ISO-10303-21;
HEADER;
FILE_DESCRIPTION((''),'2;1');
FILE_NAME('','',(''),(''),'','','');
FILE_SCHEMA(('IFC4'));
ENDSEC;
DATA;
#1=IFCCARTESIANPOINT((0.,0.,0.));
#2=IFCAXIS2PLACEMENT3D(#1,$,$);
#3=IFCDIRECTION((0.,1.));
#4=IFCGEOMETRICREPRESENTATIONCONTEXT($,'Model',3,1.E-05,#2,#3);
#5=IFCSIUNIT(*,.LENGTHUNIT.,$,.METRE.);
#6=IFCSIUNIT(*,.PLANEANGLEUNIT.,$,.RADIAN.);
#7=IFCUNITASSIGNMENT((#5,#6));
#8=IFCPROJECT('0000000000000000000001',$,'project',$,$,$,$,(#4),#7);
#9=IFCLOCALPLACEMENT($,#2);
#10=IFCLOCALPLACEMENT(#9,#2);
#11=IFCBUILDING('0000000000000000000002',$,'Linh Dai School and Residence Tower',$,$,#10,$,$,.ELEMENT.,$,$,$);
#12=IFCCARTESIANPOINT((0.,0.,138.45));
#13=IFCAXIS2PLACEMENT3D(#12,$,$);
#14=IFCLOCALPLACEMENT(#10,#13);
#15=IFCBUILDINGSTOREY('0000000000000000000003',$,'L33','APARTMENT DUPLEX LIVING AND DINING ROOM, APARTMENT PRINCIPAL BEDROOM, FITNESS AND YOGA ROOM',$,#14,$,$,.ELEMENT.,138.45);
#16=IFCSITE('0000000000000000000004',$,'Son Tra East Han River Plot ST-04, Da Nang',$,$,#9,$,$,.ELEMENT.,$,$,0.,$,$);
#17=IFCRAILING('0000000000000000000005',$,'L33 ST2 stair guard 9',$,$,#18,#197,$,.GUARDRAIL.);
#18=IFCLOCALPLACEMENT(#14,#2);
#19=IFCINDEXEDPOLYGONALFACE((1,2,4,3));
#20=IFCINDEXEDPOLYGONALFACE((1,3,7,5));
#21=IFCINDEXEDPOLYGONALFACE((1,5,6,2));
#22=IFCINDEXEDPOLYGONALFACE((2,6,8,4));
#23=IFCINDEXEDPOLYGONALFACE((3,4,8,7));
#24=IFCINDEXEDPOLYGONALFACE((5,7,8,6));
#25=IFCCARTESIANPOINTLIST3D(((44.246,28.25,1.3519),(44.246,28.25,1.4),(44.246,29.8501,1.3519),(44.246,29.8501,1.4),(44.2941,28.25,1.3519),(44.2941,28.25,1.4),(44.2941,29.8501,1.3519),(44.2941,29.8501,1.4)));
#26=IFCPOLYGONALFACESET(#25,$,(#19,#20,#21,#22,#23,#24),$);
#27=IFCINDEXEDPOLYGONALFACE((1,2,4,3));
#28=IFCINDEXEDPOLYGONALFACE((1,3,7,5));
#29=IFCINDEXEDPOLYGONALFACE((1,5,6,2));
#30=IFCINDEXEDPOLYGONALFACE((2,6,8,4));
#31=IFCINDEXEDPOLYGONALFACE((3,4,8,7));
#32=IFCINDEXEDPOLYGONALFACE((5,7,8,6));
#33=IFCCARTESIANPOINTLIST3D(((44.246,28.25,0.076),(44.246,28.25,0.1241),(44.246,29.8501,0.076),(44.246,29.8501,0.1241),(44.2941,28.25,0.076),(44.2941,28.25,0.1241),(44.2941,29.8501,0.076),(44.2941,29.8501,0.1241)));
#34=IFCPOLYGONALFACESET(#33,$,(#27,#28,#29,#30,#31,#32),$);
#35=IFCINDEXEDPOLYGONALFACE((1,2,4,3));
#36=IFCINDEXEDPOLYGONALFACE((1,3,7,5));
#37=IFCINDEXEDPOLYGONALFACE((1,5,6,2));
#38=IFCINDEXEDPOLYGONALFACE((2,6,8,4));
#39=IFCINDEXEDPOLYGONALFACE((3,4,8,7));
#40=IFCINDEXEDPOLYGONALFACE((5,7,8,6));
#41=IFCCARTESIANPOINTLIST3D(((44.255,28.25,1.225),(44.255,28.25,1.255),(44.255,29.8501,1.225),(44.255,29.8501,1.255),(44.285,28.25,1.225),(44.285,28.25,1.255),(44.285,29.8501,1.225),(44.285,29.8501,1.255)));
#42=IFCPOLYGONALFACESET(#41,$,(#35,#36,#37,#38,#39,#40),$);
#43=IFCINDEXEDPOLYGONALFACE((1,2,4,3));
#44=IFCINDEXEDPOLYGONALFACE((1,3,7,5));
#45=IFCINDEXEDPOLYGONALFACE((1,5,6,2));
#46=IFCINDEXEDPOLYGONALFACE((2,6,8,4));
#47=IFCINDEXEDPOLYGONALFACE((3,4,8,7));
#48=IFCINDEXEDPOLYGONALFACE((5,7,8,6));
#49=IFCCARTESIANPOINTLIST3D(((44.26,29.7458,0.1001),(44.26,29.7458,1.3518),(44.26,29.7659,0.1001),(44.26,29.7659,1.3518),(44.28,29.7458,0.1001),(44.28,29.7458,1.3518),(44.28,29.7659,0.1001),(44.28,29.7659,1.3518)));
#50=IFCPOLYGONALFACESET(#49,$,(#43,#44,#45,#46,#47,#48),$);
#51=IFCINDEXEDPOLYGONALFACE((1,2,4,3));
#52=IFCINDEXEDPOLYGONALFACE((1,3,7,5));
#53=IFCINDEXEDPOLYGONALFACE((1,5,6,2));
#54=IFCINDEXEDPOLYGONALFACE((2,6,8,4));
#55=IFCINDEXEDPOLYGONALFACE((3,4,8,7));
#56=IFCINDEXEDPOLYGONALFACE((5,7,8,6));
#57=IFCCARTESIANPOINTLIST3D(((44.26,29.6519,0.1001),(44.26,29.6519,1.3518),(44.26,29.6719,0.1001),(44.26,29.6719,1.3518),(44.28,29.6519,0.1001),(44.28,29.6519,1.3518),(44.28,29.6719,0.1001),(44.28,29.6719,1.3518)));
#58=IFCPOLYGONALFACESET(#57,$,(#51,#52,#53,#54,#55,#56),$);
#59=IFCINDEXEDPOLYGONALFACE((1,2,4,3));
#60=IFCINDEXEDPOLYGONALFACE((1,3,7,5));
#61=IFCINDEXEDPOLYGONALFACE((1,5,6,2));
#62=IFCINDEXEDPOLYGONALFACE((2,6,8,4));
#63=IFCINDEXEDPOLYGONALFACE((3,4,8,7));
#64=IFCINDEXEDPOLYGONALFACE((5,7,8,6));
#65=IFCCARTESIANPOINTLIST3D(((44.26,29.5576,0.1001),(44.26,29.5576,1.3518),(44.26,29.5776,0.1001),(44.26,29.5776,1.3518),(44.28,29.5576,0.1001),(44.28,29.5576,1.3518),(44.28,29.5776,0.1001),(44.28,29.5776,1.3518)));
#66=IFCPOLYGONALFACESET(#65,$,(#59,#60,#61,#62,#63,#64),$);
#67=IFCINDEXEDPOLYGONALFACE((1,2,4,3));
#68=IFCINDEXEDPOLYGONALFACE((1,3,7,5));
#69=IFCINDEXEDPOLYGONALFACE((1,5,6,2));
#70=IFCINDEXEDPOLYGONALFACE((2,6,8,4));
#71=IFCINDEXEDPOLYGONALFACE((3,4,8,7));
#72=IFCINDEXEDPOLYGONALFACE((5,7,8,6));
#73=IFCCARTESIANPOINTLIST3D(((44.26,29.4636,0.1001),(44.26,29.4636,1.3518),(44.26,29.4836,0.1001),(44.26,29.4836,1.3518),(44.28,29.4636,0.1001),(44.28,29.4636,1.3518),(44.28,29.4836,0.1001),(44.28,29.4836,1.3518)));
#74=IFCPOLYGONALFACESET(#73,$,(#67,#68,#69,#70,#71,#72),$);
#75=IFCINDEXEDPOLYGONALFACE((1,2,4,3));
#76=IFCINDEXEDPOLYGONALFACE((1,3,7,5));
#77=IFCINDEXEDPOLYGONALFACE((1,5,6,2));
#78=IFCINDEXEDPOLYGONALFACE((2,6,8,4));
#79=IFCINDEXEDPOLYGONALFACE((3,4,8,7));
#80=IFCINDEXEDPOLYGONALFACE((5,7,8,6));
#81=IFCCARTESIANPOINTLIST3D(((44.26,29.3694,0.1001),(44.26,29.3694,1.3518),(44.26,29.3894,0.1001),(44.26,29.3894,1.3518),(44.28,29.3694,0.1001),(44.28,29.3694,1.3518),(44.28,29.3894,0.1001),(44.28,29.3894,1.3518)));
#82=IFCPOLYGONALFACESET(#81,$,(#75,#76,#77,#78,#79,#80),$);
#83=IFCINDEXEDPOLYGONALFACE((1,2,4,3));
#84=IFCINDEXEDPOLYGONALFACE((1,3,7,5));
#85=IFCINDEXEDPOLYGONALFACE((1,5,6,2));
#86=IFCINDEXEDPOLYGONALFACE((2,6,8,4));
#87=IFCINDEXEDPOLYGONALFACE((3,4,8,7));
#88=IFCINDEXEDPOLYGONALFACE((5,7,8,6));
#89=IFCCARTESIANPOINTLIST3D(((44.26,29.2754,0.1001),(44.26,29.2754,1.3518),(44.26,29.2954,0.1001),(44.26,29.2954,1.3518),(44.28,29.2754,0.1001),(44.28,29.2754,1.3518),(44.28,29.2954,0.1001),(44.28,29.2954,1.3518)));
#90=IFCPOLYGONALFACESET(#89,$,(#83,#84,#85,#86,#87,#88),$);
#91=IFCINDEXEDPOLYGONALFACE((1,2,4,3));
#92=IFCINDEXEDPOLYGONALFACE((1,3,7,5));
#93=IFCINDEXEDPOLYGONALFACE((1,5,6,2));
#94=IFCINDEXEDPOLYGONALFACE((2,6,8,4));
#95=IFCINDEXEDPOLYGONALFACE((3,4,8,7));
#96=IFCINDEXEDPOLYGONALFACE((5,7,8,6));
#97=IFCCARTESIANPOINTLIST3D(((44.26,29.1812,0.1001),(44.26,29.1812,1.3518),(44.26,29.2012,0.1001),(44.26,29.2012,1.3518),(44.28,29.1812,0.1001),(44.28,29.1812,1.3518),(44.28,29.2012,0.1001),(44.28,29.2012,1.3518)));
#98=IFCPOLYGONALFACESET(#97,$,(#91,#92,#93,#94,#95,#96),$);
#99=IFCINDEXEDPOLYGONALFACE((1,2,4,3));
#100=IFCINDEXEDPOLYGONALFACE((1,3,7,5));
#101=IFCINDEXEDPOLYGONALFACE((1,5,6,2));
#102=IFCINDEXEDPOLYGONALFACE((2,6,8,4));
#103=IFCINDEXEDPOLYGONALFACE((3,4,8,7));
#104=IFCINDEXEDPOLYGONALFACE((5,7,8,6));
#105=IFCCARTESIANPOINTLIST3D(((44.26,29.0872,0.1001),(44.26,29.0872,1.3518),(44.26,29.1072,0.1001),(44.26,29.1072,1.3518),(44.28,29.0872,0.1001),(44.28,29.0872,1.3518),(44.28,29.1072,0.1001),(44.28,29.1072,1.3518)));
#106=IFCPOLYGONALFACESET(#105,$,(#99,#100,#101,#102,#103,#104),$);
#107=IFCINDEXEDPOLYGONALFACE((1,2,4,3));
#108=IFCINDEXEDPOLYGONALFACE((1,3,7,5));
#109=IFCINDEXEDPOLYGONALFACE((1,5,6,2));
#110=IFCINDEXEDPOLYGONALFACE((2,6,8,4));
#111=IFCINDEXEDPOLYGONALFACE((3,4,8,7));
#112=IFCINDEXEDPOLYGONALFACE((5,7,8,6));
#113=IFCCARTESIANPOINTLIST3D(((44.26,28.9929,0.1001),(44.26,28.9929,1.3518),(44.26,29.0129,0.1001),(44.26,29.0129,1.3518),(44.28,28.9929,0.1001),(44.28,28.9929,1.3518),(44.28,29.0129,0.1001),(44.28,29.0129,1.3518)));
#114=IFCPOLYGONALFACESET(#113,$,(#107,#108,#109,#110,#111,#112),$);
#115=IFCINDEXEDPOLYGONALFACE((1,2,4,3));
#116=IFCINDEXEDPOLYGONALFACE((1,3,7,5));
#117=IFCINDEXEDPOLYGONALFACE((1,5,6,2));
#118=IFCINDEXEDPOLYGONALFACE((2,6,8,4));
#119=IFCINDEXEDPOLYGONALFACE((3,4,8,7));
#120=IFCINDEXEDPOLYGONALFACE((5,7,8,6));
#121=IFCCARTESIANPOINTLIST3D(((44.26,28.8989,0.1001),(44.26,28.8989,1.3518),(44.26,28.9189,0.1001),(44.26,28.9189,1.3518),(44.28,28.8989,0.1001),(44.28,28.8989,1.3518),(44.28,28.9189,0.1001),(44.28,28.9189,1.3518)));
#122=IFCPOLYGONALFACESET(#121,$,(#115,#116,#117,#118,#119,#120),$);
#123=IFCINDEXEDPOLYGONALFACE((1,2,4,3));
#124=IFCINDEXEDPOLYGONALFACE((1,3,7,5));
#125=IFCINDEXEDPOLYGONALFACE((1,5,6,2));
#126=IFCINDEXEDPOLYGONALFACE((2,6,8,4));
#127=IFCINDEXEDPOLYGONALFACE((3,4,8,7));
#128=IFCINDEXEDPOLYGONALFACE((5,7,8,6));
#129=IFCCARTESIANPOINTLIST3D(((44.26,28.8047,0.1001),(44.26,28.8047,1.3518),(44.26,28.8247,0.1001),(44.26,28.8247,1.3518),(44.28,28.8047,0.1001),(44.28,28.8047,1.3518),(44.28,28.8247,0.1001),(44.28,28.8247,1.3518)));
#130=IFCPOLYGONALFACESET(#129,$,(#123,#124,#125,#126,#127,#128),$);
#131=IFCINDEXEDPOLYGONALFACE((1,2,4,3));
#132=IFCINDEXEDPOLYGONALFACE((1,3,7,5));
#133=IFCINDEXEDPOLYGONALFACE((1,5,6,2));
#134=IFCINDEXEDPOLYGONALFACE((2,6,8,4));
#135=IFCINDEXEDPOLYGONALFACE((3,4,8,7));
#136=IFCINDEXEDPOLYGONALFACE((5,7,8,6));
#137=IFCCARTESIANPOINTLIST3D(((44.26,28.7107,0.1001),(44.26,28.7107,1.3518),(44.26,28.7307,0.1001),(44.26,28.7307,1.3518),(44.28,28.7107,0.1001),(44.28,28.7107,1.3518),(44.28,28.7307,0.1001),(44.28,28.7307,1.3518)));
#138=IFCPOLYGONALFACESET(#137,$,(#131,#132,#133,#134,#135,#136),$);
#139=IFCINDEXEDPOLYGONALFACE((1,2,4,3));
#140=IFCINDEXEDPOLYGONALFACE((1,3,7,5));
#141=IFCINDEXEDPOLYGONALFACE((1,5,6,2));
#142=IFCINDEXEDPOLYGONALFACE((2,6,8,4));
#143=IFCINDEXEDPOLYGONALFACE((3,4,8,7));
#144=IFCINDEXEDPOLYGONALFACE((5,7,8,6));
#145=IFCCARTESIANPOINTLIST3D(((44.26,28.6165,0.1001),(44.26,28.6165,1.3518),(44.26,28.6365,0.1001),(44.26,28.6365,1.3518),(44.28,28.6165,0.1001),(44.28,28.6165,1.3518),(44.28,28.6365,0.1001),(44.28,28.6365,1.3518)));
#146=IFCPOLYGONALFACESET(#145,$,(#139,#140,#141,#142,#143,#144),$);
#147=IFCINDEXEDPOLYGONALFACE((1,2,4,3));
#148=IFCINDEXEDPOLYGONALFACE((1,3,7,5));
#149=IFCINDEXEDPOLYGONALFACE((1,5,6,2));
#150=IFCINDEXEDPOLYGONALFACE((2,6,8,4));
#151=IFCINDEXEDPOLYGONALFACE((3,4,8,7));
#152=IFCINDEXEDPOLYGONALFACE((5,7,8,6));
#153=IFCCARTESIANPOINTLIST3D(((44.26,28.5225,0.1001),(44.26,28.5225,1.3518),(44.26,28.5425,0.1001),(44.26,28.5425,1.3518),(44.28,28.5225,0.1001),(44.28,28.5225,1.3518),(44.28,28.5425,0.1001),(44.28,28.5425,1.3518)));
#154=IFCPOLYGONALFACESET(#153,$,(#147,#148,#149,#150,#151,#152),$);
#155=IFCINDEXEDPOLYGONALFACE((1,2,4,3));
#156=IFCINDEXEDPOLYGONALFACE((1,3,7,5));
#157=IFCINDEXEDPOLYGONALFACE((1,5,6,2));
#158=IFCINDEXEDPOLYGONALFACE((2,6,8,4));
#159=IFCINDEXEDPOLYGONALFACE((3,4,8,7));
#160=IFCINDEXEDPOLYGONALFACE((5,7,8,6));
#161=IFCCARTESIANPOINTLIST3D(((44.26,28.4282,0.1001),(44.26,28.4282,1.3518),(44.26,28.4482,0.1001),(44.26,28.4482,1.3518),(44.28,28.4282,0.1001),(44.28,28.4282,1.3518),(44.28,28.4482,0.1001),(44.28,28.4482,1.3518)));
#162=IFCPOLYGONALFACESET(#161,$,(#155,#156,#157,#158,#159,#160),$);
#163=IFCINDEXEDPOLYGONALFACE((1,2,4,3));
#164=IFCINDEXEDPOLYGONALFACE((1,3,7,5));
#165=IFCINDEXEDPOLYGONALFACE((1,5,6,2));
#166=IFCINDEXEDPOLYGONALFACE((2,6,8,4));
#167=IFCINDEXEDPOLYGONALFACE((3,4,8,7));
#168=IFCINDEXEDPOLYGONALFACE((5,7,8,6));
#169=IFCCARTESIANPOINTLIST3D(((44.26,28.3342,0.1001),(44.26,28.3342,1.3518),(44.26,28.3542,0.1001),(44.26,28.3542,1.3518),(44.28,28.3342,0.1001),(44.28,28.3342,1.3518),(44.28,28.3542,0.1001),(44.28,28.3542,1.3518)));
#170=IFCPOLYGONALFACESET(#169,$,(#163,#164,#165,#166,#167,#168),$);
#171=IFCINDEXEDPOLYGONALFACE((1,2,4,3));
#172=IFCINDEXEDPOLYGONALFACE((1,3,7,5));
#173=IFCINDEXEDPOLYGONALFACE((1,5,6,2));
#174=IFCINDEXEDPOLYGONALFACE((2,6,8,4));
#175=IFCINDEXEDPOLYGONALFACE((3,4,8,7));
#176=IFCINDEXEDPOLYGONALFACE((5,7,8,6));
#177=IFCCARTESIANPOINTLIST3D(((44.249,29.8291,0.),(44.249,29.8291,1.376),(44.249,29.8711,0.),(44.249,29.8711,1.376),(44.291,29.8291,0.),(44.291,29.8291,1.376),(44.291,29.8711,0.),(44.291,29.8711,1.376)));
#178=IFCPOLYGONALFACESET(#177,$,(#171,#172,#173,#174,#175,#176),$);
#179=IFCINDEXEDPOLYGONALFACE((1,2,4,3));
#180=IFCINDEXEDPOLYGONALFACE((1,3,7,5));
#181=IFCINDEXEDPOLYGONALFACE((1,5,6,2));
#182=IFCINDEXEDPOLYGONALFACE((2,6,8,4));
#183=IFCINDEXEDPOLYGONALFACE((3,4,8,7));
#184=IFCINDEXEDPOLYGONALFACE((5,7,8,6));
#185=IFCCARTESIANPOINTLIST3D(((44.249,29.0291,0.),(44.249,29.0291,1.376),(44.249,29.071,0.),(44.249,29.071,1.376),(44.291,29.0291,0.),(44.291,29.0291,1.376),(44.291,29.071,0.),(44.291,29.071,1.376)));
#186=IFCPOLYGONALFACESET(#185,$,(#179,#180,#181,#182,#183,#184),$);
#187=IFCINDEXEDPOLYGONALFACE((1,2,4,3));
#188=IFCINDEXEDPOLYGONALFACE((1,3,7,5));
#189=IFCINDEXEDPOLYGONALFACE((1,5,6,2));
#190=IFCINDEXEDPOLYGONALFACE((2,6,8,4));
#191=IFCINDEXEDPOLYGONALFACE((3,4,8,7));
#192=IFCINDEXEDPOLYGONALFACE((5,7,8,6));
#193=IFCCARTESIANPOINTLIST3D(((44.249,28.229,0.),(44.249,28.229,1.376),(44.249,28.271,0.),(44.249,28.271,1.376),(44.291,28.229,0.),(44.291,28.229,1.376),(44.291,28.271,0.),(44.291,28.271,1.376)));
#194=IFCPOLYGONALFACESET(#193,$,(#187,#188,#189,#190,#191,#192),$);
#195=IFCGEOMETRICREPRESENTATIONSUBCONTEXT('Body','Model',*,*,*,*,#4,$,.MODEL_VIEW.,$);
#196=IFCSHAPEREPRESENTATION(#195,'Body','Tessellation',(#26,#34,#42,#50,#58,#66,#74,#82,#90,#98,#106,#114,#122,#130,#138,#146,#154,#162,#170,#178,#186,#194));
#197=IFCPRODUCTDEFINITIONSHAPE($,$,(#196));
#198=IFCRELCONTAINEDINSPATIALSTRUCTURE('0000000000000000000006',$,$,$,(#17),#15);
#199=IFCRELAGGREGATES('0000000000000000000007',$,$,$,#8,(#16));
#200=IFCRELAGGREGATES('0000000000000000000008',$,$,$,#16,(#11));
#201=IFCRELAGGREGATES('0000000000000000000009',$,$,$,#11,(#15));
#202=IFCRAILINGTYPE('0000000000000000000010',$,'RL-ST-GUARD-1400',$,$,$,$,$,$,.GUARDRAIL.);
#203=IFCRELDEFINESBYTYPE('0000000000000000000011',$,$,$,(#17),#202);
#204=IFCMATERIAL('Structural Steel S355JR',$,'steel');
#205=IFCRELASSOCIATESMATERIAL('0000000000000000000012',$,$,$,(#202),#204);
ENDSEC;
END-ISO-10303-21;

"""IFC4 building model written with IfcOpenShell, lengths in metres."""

from ifc_helpers import new_model, si_unit, direction, frame, origin, origin_2d, place, context, subcontext, project, spatial, rectangle, extrude, source, transform, mapped, material, type_object, element, save


model = new_model("IFC4")

# Units and contexts
model_context = context("Model", 3, precision=1e-05, world=origin(), true_north=direction((0.0, 1.0)))
body_context = subcontext(model_context, "Body", "Model", "MODEL_VIEW")
ifc_project = project(units=[si_unit("LENGTHUNIT", "METRE"), si_unit("PLANEANGLEUNIT", "RADIAN")], contexts=[model_context])

# Site, building, storey
site_placement = place(None, origin())
site = spatial("IfcSite", under=ifc_project, at=site_placement, Name="Son Tra East Han River Plot ST-04, Da Nang", CompositionType="ELEMENT", RefElevation=0.0)
building_placement = place(site_placement, origin())
building = spatial("IfcBuilding", under=site, at=building_placement, Name="Linh Dai School and Residence Tower", CompositionType="ELEMENT")
storey_placement = place(building_placement, frame((0.0, 0.0, 138.45)))
storey = spatial("IfcBuildingStorey", under=building, at=storey_placement, Name="L33", Description="APARTMENT DUPLEX LIVING AND DINING ROOM, APARTMENT PRINCIPAL BEDROOM, FITNESS AND YOGA ROOM", CompositionType="ELEMENT", Elevation=138.45)

# Shared definitions
ifc_material_1 = material(Name="Structural Steel S355JR", Category="steel")

# Railing
railing_type_1 = type_object("IfcRailingType", Name="RL-ST-GUARD-1400", PredefinedType="GUARDRAIL", material=ifc_material_1)
shared_shape_1 = source(origin(), body_context, "Body", "SweptSolid", [
    extrude(rectangle(XDim=0.0481, YDim=0.0481, at=origin_2d()), frame((0.0, 0.0, 1.376), z_axis=(0.0, -1.0, 0.0), x_axis=(1.0, 0.0, 0.0)), (0.0, 0.0, 1.0), 1.6001),
    extrude(rectangle(XDim=0.0481, YDim=0.0481, at=origin_2d()), frame((0.0, 0.0, 0.1001), z_axis=(0.0, -1.0, 0.0), x_axis=(1.0, 0.0, 0.0)), (0.0, 0.0, 1.0), 1.6001),
    extrude(rectangle(XDim=0.03, YDim=0.03, at=origin_2d()), frame((0.0, 0.0, 1.24), z_axis=(0.0, -1.0, 0.0), x_axis=(1.0, 0.0, 0.0)), (0.0, 0.0, 1.0), 1.6001),
    extrude(rectangle(XDim=0.02, YDim=0.02, at=origin_2d()), frame((0.0, -0.0942, 0.1001)), (0.0, 0.0, 1.0), 1.2517),
    extrude(rectangle(XDim=0.02, YDim=0.02, at=origin_2d()), frame((0.0, -0.1882, 0.1001)), (0.0, 0.0, 1.0), 1.2517),
    extrude(rectangle(XDim=0.02, YDim=0.02, at=origin_2d()), frame((0.0, -0.2825, 0.1001)), (0.0, 0.0, 1.0), 1.2517),
    extrude(rectangle(XDim=0.02, YDim=0.02, at=origin_2d()), frame((0.0, -0.3765, 0.1001)), (0.0, 0.0, 1.0), 1.2517),
    extrude(rectangle(XDim=0.02, YDim=0.02, at=origin_2d()), frame((0.0, -0.4707, 0.1001)), (0.0, 0.0, 1.0), 1.2517),
    extrude(rectangle(XDim=0.02, YDim=0.02, at=origin_2d()), frame((0.0, -0.5647, 0.1001)), (0.0, 0.0, 1.0), 1.2517),
    extrude(rectangle(XDim=0.02, YDim=0.02, at=origin_2d()), frame((0.0, -0.6589, 0.1001)), (0.0, 0.0, 1.0), 1.2517),
    extrude(rectangle(XDim=0.02, YDim=0.02, at=origin_2d()), frame((0.0, -0.7529, 0.1001)), (0.0, 0.0, 1.0), 1.2517),
    extrude(rectangle(XDim=0.02, YDim=0.02, at=origin_2d()), frame((0.0, -0.8472, 0.1001)), (0.0, 0.0, 1.0), 1.2517),
    extrude(rectangle(XDim=0.02, YDim=0.02, at=origin_2d()), frame((0.0, -0.9412, 0.1001)), (0.0, 0.0, 1.0), 1.2517),
    extrude(rectangle(XDim=0.02, YDim=0.02, at=origin_2d()), frame((0.0, -1.0354, 0.1001)), (0.0, 0.0, 1.0), 1.2517),
    extrude(rectangle(XDim=0.02, YDim=0.02, at=origin_2d()), frame((0.0, -1.1294, 0.1001)), (0.0, 0.0, 1.0), 1.2517),
    extrude(rectangle(XDim=0.02, YDim=0.02, at=origin_2d()), frame((0.0, -1.2236, 0.1001)), (0.0, 0.0, 1.0), 1.2517),
    extrude(rectangle(XDim=0.02, YDim=0.02, at=origin_2d()), frame((0.0, -1.3176, 0.1001)), (0.0, 0.0, 1.0), 1.2517),
    extrude(rectangle(XDim=0.02, YDim=0.02, at=origin_2d()), frame((0.0, -1.4119, 0.1001)), (0.0, 0.0, 1.0), 1.2517),
    extrude(rectangle(XDim=0.02, YDim=0.02, at=origin_2d()), frame((0.0, -1.5059, 0.1001)), (0.0, 0.0, 1.0), 1.2517),
    extrude(rectangle(XDim=0.042, YDim=0.042, at=origin_2d()), origin(), (0.0, 0.0, 1.0), 1.376),
    extrude(rectangle(XDim=0.042, YDim=0.042, at=origin_2d()), frame((0.0, -0.8, 0.0)), (0.0, 0.0, 1.0), 1.376),
    extrude(rectangle(XDim=0.042, YDim=0.042, at=origin_2d()), frame((0.0, -1.6001, 0.0)), (0.0, 0.0, 1.0), 1.376),
])
for number, where, name in (
    (1, (44.27, 29.8501, 0.0), "L33 ST2 stair guard 9"),
):
    element("IfcRailing", number, at=place(storey_placement, frame(where)), inside=storey, type_object=railing_type_1, Name=name, PredefinedType="GUARDRAIL", context=body_context, shape_type="MappedRepresentation", body=[
        mapped(shared_shape_1, transform((0.0, 0.0, 0.0), x_axis=(1.0, 0.0, 0.0), y_axis=(0.0, 1.0, 0.0), z_axis=(0.0, 0.0, 1.0), scale=1.0)),
    ])

save(model, "model.ifc")
